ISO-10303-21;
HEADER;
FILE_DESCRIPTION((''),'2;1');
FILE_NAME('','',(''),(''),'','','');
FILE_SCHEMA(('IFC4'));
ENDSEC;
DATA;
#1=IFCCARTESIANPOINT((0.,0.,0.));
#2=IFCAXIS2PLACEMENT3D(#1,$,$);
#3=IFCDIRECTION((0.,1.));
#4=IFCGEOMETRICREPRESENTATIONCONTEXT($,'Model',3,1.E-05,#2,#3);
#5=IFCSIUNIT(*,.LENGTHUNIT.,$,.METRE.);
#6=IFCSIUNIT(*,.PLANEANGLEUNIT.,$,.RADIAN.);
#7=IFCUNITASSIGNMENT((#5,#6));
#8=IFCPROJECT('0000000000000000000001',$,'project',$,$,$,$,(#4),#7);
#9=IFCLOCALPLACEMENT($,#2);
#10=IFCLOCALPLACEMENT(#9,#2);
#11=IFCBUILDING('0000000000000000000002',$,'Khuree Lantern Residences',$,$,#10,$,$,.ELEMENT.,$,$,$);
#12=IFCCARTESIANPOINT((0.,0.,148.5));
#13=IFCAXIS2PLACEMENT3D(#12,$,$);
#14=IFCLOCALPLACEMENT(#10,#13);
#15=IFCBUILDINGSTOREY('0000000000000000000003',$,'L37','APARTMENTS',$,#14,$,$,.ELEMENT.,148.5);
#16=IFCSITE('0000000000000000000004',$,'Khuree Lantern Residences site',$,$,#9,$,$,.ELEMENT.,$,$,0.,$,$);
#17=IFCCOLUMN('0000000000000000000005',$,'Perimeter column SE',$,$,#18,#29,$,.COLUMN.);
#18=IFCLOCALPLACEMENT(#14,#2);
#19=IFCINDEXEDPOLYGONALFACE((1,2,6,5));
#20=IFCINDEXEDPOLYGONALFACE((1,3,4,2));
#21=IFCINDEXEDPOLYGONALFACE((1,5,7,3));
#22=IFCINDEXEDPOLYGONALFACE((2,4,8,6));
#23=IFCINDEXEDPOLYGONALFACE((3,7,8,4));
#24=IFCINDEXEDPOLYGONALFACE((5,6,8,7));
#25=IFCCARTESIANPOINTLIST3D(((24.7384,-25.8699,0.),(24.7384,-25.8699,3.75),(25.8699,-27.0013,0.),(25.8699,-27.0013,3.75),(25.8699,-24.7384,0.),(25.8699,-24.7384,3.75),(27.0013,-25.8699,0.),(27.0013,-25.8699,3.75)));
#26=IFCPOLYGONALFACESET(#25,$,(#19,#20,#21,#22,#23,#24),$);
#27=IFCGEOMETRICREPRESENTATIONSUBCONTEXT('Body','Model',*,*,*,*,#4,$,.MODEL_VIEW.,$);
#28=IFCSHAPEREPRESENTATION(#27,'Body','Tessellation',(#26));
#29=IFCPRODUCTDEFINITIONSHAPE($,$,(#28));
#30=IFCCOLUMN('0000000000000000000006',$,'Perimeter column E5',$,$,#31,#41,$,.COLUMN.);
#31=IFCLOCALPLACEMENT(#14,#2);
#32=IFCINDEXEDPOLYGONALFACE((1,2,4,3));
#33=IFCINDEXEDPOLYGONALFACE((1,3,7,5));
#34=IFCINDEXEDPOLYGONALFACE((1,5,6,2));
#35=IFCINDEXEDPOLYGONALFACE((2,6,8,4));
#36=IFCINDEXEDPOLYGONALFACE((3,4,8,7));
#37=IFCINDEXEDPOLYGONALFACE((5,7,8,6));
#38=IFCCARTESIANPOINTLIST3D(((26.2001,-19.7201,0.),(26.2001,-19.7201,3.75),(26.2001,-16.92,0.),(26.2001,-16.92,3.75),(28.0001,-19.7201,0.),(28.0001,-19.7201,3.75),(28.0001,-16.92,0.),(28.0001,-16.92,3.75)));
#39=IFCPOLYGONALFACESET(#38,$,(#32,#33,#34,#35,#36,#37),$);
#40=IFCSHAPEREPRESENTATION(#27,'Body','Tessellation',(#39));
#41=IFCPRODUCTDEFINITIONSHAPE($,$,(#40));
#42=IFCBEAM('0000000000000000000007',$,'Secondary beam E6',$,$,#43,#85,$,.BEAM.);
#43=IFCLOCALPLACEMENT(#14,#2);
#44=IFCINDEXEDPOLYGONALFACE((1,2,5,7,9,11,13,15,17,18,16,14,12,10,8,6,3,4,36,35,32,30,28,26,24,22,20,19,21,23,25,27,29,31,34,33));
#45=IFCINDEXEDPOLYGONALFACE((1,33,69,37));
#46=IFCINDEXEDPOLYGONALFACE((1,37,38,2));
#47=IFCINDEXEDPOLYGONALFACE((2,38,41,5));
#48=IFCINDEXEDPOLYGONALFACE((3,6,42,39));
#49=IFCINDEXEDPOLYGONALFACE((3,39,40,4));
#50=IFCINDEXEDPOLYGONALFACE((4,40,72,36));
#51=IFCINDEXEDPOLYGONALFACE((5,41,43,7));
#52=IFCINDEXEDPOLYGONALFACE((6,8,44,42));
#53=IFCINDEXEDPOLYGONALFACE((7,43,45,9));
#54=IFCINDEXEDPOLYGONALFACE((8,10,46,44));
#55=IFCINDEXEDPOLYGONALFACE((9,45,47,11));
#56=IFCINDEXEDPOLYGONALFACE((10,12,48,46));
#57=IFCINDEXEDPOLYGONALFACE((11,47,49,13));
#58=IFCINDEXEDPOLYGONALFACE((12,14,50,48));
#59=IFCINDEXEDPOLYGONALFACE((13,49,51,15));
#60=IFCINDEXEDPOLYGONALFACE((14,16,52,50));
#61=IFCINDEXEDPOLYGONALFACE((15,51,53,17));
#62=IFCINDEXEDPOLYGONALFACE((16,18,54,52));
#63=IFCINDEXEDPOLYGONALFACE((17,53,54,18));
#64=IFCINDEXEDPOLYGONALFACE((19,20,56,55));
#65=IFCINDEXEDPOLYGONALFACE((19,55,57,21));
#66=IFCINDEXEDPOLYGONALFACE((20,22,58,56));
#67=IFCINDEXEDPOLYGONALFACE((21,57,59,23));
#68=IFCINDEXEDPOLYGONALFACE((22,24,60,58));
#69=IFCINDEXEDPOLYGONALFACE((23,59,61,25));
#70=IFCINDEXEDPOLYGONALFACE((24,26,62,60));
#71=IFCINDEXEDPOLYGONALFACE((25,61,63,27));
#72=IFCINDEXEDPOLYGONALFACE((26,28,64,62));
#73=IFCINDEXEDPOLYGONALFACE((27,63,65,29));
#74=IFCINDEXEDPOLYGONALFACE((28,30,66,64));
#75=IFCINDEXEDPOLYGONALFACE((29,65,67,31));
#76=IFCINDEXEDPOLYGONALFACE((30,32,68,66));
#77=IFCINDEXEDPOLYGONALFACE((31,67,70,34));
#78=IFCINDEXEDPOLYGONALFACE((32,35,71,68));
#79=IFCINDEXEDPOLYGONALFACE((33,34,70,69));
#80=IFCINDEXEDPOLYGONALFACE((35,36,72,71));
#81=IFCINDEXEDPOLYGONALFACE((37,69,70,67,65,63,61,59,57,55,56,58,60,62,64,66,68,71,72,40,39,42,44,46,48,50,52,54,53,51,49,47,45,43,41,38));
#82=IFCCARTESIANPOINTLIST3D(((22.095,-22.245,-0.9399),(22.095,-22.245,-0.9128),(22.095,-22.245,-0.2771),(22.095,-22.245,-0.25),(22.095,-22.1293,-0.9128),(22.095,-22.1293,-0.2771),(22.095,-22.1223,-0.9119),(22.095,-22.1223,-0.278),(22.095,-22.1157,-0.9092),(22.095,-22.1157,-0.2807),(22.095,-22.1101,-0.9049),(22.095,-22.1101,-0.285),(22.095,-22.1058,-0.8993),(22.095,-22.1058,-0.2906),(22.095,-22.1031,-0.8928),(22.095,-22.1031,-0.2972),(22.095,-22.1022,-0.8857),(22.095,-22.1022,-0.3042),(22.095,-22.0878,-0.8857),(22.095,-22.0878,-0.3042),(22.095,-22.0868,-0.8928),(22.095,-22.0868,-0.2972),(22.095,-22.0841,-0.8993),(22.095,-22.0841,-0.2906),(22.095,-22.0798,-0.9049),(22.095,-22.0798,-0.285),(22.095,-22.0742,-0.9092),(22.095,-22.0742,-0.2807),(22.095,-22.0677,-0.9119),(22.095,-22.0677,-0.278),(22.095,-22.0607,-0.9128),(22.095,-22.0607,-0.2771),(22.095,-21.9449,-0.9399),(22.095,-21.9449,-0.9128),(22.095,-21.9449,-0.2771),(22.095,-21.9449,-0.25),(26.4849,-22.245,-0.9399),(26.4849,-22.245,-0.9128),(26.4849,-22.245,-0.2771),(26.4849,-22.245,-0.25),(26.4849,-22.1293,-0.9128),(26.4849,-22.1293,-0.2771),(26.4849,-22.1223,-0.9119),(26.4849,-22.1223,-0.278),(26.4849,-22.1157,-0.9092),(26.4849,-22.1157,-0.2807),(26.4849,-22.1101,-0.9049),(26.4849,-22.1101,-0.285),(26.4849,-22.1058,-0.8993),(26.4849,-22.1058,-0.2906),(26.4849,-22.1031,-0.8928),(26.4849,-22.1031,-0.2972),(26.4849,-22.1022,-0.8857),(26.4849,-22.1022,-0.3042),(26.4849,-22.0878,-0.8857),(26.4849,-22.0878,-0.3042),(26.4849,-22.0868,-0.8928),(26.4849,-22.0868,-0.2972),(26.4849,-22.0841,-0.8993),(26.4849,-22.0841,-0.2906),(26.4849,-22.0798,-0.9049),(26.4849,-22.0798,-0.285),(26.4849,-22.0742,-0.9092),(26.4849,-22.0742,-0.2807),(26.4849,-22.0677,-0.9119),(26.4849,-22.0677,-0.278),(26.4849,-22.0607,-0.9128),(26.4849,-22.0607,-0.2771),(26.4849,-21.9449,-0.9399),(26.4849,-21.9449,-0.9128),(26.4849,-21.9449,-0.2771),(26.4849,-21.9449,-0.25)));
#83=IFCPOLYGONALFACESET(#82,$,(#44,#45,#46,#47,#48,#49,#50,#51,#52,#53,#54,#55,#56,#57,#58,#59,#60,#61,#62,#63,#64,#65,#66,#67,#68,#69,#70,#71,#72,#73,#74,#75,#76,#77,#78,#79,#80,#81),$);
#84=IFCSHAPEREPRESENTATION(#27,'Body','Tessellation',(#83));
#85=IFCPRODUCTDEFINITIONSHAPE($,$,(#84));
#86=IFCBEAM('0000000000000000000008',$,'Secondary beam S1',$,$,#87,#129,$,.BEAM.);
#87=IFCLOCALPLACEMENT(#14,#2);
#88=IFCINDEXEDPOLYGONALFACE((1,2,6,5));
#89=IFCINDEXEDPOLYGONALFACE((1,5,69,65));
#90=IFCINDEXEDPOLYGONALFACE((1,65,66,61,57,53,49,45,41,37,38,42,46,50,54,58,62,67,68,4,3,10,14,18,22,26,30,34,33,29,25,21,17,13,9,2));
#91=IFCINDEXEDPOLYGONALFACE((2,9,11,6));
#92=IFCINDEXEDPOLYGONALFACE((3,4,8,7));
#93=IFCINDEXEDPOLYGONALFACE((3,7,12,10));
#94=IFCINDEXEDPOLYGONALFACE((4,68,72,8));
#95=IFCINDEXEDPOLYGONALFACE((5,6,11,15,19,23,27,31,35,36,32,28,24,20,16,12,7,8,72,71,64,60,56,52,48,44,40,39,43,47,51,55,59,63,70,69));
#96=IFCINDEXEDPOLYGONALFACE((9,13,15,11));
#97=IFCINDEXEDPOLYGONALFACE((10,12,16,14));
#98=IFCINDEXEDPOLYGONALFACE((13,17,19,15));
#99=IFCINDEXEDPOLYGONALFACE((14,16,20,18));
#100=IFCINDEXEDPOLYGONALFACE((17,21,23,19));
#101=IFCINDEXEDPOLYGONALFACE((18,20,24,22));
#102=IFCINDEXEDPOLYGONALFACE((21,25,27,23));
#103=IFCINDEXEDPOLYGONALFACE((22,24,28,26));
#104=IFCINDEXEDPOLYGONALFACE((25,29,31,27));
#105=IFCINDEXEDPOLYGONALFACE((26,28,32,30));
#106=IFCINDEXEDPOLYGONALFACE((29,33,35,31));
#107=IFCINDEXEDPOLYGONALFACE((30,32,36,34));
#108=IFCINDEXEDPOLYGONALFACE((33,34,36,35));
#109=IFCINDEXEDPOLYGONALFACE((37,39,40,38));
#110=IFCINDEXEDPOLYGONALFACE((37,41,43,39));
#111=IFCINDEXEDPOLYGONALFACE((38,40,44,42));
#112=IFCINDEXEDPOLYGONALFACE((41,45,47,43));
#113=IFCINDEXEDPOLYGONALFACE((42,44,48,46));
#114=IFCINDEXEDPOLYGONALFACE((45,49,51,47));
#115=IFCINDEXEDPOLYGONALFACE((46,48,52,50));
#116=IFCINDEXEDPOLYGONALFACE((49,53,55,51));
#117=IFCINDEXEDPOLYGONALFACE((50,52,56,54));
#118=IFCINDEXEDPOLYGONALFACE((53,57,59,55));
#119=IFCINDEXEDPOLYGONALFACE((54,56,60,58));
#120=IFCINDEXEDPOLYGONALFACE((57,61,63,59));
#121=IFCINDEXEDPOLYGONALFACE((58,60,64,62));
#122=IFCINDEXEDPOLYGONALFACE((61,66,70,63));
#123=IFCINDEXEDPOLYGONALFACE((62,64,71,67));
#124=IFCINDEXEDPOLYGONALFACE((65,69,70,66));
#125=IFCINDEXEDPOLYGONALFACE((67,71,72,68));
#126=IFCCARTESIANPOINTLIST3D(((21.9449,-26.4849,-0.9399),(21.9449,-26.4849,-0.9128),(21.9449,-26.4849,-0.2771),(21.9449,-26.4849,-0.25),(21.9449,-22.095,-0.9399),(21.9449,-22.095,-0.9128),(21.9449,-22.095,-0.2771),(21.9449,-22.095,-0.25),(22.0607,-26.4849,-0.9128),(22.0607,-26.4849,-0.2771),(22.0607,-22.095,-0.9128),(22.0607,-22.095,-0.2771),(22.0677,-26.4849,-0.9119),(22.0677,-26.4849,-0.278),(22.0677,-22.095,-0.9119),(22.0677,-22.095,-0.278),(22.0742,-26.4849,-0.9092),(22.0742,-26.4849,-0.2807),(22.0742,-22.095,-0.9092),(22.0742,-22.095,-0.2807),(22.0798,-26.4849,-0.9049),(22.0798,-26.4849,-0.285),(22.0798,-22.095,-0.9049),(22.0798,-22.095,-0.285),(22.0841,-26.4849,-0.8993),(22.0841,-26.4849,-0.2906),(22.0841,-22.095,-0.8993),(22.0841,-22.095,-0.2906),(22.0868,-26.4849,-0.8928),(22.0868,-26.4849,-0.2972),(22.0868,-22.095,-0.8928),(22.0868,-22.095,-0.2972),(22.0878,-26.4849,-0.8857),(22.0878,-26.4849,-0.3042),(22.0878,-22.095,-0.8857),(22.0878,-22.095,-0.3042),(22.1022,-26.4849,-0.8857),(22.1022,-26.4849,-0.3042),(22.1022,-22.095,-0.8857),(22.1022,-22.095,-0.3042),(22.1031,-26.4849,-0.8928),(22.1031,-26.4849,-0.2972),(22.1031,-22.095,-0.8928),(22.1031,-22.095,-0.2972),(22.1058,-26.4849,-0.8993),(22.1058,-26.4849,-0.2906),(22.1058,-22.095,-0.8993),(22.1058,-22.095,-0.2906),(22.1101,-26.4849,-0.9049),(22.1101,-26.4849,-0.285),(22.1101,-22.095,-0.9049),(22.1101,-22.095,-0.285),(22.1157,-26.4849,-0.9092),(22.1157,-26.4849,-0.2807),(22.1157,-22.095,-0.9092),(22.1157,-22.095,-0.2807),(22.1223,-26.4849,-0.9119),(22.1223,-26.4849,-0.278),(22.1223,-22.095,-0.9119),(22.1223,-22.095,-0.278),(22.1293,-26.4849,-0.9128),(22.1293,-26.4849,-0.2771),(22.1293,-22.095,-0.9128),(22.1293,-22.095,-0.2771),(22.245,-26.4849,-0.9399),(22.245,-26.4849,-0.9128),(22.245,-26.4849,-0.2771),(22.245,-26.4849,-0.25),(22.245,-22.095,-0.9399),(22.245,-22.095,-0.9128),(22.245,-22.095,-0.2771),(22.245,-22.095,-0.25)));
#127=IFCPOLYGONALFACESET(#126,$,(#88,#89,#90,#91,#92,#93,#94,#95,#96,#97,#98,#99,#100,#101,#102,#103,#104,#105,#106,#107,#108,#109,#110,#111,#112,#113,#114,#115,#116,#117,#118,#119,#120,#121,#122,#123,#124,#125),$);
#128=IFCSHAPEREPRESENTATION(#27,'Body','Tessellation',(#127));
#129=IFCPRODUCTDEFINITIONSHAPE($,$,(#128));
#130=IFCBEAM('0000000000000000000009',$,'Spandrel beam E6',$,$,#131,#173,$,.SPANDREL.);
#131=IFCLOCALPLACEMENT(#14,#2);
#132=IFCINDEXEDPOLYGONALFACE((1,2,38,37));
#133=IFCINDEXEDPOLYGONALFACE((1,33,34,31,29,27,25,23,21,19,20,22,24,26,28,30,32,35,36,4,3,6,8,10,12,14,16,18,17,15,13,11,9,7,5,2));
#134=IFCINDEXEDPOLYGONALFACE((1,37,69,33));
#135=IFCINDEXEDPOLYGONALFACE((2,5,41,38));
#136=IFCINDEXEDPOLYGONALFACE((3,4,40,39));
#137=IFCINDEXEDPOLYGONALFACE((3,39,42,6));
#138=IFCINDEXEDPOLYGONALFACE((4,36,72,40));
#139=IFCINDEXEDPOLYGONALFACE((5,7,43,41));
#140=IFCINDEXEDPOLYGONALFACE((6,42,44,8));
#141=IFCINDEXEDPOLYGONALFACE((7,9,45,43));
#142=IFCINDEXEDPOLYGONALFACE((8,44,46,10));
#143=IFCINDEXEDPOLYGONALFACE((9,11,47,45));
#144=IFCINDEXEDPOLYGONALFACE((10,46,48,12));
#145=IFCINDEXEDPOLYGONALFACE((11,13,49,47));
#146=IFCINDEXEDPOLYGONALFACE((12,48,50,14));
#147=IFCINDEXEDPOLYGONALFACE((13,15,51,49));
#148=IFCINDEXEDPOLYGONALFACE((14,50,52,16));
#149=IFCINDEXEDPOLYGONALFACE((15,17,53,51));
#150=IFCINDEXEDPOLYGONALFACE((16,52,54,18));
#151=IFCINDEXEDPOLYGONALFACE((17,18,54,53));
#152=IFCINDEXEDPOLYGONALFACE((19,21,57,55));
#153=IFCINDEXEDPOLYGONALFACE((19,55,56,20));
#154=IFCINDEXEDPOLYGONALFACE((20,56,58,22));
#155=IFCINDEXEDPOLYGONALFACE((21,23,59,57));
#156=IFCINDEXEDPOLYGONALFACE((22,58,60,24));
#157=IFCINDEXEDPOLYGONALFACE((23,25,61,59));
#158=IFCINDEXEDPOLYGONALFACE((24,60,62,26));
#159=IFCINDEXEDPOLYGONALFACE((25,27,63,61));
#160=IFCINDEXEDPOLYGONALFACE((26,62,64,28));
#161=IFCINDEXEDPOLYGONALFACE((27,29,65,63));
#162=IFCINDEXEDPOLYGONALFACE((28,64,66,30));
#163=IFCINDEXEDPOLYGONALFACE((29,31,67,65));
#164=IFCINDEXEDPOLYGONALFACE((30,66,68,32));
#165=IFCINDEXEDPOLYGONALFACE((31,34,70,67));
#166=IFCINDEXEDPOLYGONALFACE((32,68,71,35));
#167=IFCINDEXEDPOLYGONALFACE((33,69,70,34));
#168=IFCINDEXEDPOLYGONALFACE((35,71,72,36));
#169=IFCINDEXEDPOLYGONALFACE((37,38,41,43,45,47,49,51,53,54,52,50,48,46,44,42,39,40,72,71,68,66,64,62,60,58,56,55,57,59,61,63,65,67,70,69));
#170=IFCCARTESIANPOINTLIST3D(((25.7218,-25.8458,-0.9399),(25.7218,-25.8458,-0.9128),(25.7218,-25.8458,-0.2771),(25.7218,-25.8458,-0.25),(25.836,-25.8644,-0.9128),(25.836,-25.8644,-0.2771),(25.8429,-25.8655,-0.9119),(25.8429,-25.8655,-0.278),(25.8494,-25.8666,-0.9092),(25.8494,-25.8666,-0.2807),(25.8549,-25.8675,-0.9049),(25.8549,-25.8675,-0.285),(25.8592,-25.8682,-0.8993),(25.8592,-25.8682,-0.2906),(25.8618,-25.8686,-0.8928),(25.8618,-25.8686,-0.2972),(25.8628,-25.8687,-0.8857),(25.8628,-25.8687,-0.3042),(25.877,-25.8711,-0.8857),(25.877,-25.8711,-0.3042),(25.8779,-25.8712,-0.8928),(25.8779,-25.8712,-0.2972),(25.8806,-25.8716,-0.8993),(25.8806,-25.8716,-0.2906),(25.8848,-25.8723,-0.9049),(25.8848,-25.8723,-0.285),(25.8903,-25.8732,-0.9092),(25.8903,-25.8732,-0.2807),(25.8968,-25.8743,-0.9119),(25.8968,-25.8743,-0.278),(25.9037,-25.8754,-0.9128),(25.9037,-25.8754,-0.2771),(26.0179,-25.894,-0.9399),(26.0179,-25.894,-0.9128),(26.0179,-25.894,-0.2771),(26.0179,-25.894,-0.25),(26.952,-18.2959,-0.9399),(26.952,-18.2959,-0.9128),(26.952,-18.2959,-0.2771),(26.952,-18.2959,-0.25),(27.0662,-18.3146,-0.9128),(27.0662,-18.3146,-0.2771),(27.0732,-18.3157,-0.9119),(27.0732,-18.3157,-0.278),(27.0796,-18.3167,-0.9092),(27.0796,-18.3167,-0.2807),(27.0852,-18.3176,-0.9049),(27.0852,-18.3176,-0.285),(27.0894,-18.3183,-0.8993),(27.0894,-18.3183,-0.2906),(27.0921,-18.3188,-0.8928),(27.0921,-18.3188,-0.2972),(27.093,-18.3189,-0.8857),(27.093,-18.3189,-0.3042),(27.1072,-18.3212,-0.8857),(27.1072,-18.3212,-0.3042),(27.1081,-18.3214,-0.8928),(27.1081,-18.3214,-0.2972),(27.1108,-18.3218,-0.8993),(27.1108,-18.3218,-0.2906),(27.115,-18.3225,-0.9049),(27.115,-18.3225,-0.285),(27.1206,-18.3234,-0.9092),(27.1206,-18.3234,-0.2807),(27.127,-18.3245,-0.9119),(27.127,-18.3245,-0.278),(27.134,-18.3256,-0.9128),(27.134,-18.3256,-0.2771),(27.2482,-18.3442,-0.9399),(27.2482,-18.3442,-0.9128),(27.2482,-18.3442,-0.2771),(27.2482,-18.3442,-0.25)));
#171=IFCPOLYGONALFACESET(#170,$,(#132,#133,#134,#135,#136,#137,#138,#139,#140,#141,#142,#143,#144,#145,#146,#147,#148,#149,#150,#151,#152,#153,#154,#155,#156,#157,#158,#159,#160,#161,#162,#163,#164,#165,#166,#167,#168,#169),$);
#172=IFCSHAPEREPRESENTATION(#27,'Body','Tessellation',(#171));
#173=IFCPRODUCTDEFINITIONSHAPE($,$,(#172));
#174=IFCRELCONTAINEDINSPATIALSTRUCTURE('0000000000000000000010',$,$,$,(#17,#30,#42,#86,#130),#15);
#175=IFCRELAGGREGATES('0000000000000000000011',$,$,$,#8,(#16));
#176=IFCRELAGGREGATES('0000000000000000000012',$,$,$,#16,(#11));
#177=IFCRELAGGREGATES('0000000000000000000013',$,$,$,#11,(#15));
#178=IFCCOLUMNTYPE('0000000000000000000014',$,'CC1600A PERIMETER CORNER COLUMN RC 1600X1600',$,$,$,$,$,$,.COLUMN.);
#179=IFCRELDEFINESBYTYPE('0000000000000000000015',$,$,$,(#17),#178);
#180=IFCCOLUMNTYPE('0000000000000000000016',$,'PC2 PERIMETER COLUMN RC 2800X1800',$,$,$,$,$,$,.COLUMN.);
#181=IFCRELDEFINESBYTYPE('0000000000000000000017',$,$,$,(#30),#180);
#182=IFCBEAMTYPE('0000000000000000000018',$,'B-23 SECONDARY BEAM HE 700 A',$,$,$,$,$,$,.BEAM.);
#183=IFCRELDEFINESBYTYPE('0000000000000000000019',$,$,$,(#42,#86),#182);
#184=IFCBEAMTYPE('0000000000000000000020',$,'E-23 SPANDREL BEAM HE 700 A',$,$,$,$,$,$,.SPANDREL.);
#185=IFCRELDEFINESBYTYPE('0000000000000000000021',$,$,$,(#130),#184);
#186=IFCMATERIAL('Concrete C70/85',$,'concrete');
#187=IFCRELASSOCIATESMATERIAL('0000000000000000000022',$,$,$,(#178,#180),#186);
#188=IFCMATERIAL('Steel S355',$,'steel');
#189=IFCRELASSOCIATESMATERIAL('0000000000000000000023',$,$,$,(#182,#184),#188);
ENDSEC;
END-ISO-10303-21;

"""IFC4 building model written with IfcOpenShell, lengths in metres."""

from ifc_helpers import new_model, si_unit, direction, frame, origin, origin_2d, place, context, subcontext, project, spatial, rectangle, i_section, extrude, material, material_profile, profile_set, type_object, element, save


model = new_model("IFC4")

# Units and contexts
model_context = context("Model", 3, precision=1e-05, world=origin(), true_north=direction((0.0, 1.0)))
body_context = subcontext(model_context, "Body", "Model", "MODEL_VIEW")
ifc_project = project(units=[si_unit("LENGTHUNIT", "METRE"), si_unit("PLANEANGLEUNIT", "RADIAN")], contexts=[model_context])

# Site, building, storey
site_placement = place(None, origin())
site = spatial("IfcSite", under=ifc_project, at=site_placement, Name="Khuree Lantern Residences site", CompositionType="ELEMENT", RefElevation=0.0)
building_placement = place(site_placement, origin())
building = spatial("IfcBuilding", under=site, at=building_placement, Name="Khuree Lantern Residences", CompositionType="ELEMENT")
storey_placement = place(building_placement, frame((0.0, 0.0, 148.5)))
storey = spatial("IfcBuildingStorey", under=building, at=storey_placement, Name="L37", Description="APARTMENTS", CompositionType="ELEMENT", Elevation=148.5)

# Columns
ifc_material_1 = material(Name="Concrete C70/85", Category="concrete")
ifc_material_profile_1 = material_profile(ifc_material_1, rectangle(XDim=1.6001, YDim=1.6001, at=origin_2d()), Name="RC 1600X1600")
ifc_profile_set_1 = profile_set([ifc_material_profile_1], Name="Concrete C70/85")
column_type_1 = type_object("IfcColumnType", Name="CC1600A PERIMETER CORNER COLUMN RC 1600X1600", PredefinedType="COLUMN", material=ifc_profile_set_1)
column_1_placement = place(storey_placement, frame((25.8699, -25.8699, 0.0), z_axis=(0.0, 0.0, 1.0), x_axis=(0.707107, 0.707107, 0.0)))
element("IfcColumn", 1, at=column_1_placement, inside=storey, type_object=column_type_1, Name="Perimeter column SE", PredefinedType="COLUMN", context=body_context, shape_type="SweptSolid", body=[
    extrude(rectangle(XDim=1.6001, YDim=1.6001, at=origin_2d()), origin(), (0.0, 0.0, 1.0), 3.75),
])
ifc_material_profile_2 = material_profile(ifc_material_1, rectangle(XDim=2.8, YDim=1.8, at=origin_2d()), Name="RC 2800X1800")
ifc_profile_set_2 = profile_set([ifc_material_profile_2], Name="Concrete C70/85")
column_type_2 = type_object("IfcColumnType", Name="PC2 PERIMETER COLUMN RC 2800X1800", PredefinedType="COLUMN", material=ifc_profile_set_2)
column_2_placement = place(storey_placement, frame((27.1001, -18.3201, 0.0), z_axis=(0.0, 0.0, 1.0), x_axis=(0.0, 1.0, 0.0)))
element("IfcColumn", 2, at=column_2_placement, inside=storey, type_object=column_type_2, Name="Perimeter column E5", PredefinedType="COLUMN", context=body_context, shape_type="SweptSolid", body=[
    extrude(rectangle(XDim=2.8, YDim=1.8, at=origin_2d()), origin(), (0.0, 0.0, 1.0), 3.75),
])

# Beams
ifc_material_2 = material(Name="Steel S355", Category="steel")
ifc_material_profile_3 = material_profile(ifc_material_2, i_section(OverallWidth=0.3, OverallDepth=0.6899, WebThickness=0.0144, FlangeThickness=0.0271, FilletRadius=0.0271, at=origin_2d()), Name="HE 700 A")
ifc_profile_set_3 = profile_set([ifc_material_profile_3], Name="Steel S355")
beam_type_1 = type_object("IfcBeamType", Name="B-23 SECONDARY BEAM HE 700 A", PredefinedType="BEAM", material=ifc_profile_set_3)
for number, where, z_axis, x_axis, name in (
    (3, (26.4849, -22.095, -0.595), (-1.0, 0.0, 0.0), (0.0, -1.0, 0.0), "Secondary beam E6"),
    (4, (22.095, -26.4849, -0.595), (0.0, 1.0, 0.0), (-1.0, 0.0, 0.0), "Secondary beam S1"),
):
    element("IfcBeam", number, at=place(storey_placement, frame(where, z_axis=z_axis, x_axis=x_axis)), inside=storey, type_object=beam_type_1, Name=name, PredefinedType="BEAM", context=body_context, shape_type="SweptSolid", body=[
        extrude(i_section(OverallWidth=0.3, OverallDepth=0.6899, WebThickness=0.0144, FlangeThickness=0.0271, FilletRadius=0.0271, at=origin_2d()), origin(), (0.0, 0.0, 1.0), 4.3899),
    ])
ifc_material_profile_4 = material_profile(ifc_material_2, i_section(OverallWidth=0.3, OverallDepth=0.6899, WebThickness=0.0144, FlangeThickness=0.0271, FilletRadius=0.0271, at=origin_2d()), Name="HE 700 A")
ifc_profile_set_4 = profile_set([ifc_material_profile_4], Name="Steel S355")
beam_type_2 = type_object("IfcBeamType", Name="E-23 SPANDREL BEAM HE 700 A", PredefinedType="SPANDREL", material=ifc_profile_set_4)
for number, where, z_axis, x_axis, name in (
    (5, (27.1001, -18.3201, -0.595), (-0.160827, -0.986983, 0.0), (0.986983, -0.160827, 0.0), "Spandrel beam E6"),
):
    element("IfcBeam", number, at=place(storey_placement, frame(where, z_axis=z_axis, x_axis=x_axis)), inside=storey, type_object=beam_type_2, Name=name, PredefinedType="SPANDREL", context=body_context, shape_type="SweptSolid", body=[
        extrude(i_section(OverallWidth=0.3, OverallDepth=0.6899, WebThickness=0.0144, FlangeThickness=0.0271, FilletRadius=0.0271, at=origin_2d()), origin(), (0.0, 0.0, 1.0), 7.6494),
    ])

save(model, "model.ifc")
